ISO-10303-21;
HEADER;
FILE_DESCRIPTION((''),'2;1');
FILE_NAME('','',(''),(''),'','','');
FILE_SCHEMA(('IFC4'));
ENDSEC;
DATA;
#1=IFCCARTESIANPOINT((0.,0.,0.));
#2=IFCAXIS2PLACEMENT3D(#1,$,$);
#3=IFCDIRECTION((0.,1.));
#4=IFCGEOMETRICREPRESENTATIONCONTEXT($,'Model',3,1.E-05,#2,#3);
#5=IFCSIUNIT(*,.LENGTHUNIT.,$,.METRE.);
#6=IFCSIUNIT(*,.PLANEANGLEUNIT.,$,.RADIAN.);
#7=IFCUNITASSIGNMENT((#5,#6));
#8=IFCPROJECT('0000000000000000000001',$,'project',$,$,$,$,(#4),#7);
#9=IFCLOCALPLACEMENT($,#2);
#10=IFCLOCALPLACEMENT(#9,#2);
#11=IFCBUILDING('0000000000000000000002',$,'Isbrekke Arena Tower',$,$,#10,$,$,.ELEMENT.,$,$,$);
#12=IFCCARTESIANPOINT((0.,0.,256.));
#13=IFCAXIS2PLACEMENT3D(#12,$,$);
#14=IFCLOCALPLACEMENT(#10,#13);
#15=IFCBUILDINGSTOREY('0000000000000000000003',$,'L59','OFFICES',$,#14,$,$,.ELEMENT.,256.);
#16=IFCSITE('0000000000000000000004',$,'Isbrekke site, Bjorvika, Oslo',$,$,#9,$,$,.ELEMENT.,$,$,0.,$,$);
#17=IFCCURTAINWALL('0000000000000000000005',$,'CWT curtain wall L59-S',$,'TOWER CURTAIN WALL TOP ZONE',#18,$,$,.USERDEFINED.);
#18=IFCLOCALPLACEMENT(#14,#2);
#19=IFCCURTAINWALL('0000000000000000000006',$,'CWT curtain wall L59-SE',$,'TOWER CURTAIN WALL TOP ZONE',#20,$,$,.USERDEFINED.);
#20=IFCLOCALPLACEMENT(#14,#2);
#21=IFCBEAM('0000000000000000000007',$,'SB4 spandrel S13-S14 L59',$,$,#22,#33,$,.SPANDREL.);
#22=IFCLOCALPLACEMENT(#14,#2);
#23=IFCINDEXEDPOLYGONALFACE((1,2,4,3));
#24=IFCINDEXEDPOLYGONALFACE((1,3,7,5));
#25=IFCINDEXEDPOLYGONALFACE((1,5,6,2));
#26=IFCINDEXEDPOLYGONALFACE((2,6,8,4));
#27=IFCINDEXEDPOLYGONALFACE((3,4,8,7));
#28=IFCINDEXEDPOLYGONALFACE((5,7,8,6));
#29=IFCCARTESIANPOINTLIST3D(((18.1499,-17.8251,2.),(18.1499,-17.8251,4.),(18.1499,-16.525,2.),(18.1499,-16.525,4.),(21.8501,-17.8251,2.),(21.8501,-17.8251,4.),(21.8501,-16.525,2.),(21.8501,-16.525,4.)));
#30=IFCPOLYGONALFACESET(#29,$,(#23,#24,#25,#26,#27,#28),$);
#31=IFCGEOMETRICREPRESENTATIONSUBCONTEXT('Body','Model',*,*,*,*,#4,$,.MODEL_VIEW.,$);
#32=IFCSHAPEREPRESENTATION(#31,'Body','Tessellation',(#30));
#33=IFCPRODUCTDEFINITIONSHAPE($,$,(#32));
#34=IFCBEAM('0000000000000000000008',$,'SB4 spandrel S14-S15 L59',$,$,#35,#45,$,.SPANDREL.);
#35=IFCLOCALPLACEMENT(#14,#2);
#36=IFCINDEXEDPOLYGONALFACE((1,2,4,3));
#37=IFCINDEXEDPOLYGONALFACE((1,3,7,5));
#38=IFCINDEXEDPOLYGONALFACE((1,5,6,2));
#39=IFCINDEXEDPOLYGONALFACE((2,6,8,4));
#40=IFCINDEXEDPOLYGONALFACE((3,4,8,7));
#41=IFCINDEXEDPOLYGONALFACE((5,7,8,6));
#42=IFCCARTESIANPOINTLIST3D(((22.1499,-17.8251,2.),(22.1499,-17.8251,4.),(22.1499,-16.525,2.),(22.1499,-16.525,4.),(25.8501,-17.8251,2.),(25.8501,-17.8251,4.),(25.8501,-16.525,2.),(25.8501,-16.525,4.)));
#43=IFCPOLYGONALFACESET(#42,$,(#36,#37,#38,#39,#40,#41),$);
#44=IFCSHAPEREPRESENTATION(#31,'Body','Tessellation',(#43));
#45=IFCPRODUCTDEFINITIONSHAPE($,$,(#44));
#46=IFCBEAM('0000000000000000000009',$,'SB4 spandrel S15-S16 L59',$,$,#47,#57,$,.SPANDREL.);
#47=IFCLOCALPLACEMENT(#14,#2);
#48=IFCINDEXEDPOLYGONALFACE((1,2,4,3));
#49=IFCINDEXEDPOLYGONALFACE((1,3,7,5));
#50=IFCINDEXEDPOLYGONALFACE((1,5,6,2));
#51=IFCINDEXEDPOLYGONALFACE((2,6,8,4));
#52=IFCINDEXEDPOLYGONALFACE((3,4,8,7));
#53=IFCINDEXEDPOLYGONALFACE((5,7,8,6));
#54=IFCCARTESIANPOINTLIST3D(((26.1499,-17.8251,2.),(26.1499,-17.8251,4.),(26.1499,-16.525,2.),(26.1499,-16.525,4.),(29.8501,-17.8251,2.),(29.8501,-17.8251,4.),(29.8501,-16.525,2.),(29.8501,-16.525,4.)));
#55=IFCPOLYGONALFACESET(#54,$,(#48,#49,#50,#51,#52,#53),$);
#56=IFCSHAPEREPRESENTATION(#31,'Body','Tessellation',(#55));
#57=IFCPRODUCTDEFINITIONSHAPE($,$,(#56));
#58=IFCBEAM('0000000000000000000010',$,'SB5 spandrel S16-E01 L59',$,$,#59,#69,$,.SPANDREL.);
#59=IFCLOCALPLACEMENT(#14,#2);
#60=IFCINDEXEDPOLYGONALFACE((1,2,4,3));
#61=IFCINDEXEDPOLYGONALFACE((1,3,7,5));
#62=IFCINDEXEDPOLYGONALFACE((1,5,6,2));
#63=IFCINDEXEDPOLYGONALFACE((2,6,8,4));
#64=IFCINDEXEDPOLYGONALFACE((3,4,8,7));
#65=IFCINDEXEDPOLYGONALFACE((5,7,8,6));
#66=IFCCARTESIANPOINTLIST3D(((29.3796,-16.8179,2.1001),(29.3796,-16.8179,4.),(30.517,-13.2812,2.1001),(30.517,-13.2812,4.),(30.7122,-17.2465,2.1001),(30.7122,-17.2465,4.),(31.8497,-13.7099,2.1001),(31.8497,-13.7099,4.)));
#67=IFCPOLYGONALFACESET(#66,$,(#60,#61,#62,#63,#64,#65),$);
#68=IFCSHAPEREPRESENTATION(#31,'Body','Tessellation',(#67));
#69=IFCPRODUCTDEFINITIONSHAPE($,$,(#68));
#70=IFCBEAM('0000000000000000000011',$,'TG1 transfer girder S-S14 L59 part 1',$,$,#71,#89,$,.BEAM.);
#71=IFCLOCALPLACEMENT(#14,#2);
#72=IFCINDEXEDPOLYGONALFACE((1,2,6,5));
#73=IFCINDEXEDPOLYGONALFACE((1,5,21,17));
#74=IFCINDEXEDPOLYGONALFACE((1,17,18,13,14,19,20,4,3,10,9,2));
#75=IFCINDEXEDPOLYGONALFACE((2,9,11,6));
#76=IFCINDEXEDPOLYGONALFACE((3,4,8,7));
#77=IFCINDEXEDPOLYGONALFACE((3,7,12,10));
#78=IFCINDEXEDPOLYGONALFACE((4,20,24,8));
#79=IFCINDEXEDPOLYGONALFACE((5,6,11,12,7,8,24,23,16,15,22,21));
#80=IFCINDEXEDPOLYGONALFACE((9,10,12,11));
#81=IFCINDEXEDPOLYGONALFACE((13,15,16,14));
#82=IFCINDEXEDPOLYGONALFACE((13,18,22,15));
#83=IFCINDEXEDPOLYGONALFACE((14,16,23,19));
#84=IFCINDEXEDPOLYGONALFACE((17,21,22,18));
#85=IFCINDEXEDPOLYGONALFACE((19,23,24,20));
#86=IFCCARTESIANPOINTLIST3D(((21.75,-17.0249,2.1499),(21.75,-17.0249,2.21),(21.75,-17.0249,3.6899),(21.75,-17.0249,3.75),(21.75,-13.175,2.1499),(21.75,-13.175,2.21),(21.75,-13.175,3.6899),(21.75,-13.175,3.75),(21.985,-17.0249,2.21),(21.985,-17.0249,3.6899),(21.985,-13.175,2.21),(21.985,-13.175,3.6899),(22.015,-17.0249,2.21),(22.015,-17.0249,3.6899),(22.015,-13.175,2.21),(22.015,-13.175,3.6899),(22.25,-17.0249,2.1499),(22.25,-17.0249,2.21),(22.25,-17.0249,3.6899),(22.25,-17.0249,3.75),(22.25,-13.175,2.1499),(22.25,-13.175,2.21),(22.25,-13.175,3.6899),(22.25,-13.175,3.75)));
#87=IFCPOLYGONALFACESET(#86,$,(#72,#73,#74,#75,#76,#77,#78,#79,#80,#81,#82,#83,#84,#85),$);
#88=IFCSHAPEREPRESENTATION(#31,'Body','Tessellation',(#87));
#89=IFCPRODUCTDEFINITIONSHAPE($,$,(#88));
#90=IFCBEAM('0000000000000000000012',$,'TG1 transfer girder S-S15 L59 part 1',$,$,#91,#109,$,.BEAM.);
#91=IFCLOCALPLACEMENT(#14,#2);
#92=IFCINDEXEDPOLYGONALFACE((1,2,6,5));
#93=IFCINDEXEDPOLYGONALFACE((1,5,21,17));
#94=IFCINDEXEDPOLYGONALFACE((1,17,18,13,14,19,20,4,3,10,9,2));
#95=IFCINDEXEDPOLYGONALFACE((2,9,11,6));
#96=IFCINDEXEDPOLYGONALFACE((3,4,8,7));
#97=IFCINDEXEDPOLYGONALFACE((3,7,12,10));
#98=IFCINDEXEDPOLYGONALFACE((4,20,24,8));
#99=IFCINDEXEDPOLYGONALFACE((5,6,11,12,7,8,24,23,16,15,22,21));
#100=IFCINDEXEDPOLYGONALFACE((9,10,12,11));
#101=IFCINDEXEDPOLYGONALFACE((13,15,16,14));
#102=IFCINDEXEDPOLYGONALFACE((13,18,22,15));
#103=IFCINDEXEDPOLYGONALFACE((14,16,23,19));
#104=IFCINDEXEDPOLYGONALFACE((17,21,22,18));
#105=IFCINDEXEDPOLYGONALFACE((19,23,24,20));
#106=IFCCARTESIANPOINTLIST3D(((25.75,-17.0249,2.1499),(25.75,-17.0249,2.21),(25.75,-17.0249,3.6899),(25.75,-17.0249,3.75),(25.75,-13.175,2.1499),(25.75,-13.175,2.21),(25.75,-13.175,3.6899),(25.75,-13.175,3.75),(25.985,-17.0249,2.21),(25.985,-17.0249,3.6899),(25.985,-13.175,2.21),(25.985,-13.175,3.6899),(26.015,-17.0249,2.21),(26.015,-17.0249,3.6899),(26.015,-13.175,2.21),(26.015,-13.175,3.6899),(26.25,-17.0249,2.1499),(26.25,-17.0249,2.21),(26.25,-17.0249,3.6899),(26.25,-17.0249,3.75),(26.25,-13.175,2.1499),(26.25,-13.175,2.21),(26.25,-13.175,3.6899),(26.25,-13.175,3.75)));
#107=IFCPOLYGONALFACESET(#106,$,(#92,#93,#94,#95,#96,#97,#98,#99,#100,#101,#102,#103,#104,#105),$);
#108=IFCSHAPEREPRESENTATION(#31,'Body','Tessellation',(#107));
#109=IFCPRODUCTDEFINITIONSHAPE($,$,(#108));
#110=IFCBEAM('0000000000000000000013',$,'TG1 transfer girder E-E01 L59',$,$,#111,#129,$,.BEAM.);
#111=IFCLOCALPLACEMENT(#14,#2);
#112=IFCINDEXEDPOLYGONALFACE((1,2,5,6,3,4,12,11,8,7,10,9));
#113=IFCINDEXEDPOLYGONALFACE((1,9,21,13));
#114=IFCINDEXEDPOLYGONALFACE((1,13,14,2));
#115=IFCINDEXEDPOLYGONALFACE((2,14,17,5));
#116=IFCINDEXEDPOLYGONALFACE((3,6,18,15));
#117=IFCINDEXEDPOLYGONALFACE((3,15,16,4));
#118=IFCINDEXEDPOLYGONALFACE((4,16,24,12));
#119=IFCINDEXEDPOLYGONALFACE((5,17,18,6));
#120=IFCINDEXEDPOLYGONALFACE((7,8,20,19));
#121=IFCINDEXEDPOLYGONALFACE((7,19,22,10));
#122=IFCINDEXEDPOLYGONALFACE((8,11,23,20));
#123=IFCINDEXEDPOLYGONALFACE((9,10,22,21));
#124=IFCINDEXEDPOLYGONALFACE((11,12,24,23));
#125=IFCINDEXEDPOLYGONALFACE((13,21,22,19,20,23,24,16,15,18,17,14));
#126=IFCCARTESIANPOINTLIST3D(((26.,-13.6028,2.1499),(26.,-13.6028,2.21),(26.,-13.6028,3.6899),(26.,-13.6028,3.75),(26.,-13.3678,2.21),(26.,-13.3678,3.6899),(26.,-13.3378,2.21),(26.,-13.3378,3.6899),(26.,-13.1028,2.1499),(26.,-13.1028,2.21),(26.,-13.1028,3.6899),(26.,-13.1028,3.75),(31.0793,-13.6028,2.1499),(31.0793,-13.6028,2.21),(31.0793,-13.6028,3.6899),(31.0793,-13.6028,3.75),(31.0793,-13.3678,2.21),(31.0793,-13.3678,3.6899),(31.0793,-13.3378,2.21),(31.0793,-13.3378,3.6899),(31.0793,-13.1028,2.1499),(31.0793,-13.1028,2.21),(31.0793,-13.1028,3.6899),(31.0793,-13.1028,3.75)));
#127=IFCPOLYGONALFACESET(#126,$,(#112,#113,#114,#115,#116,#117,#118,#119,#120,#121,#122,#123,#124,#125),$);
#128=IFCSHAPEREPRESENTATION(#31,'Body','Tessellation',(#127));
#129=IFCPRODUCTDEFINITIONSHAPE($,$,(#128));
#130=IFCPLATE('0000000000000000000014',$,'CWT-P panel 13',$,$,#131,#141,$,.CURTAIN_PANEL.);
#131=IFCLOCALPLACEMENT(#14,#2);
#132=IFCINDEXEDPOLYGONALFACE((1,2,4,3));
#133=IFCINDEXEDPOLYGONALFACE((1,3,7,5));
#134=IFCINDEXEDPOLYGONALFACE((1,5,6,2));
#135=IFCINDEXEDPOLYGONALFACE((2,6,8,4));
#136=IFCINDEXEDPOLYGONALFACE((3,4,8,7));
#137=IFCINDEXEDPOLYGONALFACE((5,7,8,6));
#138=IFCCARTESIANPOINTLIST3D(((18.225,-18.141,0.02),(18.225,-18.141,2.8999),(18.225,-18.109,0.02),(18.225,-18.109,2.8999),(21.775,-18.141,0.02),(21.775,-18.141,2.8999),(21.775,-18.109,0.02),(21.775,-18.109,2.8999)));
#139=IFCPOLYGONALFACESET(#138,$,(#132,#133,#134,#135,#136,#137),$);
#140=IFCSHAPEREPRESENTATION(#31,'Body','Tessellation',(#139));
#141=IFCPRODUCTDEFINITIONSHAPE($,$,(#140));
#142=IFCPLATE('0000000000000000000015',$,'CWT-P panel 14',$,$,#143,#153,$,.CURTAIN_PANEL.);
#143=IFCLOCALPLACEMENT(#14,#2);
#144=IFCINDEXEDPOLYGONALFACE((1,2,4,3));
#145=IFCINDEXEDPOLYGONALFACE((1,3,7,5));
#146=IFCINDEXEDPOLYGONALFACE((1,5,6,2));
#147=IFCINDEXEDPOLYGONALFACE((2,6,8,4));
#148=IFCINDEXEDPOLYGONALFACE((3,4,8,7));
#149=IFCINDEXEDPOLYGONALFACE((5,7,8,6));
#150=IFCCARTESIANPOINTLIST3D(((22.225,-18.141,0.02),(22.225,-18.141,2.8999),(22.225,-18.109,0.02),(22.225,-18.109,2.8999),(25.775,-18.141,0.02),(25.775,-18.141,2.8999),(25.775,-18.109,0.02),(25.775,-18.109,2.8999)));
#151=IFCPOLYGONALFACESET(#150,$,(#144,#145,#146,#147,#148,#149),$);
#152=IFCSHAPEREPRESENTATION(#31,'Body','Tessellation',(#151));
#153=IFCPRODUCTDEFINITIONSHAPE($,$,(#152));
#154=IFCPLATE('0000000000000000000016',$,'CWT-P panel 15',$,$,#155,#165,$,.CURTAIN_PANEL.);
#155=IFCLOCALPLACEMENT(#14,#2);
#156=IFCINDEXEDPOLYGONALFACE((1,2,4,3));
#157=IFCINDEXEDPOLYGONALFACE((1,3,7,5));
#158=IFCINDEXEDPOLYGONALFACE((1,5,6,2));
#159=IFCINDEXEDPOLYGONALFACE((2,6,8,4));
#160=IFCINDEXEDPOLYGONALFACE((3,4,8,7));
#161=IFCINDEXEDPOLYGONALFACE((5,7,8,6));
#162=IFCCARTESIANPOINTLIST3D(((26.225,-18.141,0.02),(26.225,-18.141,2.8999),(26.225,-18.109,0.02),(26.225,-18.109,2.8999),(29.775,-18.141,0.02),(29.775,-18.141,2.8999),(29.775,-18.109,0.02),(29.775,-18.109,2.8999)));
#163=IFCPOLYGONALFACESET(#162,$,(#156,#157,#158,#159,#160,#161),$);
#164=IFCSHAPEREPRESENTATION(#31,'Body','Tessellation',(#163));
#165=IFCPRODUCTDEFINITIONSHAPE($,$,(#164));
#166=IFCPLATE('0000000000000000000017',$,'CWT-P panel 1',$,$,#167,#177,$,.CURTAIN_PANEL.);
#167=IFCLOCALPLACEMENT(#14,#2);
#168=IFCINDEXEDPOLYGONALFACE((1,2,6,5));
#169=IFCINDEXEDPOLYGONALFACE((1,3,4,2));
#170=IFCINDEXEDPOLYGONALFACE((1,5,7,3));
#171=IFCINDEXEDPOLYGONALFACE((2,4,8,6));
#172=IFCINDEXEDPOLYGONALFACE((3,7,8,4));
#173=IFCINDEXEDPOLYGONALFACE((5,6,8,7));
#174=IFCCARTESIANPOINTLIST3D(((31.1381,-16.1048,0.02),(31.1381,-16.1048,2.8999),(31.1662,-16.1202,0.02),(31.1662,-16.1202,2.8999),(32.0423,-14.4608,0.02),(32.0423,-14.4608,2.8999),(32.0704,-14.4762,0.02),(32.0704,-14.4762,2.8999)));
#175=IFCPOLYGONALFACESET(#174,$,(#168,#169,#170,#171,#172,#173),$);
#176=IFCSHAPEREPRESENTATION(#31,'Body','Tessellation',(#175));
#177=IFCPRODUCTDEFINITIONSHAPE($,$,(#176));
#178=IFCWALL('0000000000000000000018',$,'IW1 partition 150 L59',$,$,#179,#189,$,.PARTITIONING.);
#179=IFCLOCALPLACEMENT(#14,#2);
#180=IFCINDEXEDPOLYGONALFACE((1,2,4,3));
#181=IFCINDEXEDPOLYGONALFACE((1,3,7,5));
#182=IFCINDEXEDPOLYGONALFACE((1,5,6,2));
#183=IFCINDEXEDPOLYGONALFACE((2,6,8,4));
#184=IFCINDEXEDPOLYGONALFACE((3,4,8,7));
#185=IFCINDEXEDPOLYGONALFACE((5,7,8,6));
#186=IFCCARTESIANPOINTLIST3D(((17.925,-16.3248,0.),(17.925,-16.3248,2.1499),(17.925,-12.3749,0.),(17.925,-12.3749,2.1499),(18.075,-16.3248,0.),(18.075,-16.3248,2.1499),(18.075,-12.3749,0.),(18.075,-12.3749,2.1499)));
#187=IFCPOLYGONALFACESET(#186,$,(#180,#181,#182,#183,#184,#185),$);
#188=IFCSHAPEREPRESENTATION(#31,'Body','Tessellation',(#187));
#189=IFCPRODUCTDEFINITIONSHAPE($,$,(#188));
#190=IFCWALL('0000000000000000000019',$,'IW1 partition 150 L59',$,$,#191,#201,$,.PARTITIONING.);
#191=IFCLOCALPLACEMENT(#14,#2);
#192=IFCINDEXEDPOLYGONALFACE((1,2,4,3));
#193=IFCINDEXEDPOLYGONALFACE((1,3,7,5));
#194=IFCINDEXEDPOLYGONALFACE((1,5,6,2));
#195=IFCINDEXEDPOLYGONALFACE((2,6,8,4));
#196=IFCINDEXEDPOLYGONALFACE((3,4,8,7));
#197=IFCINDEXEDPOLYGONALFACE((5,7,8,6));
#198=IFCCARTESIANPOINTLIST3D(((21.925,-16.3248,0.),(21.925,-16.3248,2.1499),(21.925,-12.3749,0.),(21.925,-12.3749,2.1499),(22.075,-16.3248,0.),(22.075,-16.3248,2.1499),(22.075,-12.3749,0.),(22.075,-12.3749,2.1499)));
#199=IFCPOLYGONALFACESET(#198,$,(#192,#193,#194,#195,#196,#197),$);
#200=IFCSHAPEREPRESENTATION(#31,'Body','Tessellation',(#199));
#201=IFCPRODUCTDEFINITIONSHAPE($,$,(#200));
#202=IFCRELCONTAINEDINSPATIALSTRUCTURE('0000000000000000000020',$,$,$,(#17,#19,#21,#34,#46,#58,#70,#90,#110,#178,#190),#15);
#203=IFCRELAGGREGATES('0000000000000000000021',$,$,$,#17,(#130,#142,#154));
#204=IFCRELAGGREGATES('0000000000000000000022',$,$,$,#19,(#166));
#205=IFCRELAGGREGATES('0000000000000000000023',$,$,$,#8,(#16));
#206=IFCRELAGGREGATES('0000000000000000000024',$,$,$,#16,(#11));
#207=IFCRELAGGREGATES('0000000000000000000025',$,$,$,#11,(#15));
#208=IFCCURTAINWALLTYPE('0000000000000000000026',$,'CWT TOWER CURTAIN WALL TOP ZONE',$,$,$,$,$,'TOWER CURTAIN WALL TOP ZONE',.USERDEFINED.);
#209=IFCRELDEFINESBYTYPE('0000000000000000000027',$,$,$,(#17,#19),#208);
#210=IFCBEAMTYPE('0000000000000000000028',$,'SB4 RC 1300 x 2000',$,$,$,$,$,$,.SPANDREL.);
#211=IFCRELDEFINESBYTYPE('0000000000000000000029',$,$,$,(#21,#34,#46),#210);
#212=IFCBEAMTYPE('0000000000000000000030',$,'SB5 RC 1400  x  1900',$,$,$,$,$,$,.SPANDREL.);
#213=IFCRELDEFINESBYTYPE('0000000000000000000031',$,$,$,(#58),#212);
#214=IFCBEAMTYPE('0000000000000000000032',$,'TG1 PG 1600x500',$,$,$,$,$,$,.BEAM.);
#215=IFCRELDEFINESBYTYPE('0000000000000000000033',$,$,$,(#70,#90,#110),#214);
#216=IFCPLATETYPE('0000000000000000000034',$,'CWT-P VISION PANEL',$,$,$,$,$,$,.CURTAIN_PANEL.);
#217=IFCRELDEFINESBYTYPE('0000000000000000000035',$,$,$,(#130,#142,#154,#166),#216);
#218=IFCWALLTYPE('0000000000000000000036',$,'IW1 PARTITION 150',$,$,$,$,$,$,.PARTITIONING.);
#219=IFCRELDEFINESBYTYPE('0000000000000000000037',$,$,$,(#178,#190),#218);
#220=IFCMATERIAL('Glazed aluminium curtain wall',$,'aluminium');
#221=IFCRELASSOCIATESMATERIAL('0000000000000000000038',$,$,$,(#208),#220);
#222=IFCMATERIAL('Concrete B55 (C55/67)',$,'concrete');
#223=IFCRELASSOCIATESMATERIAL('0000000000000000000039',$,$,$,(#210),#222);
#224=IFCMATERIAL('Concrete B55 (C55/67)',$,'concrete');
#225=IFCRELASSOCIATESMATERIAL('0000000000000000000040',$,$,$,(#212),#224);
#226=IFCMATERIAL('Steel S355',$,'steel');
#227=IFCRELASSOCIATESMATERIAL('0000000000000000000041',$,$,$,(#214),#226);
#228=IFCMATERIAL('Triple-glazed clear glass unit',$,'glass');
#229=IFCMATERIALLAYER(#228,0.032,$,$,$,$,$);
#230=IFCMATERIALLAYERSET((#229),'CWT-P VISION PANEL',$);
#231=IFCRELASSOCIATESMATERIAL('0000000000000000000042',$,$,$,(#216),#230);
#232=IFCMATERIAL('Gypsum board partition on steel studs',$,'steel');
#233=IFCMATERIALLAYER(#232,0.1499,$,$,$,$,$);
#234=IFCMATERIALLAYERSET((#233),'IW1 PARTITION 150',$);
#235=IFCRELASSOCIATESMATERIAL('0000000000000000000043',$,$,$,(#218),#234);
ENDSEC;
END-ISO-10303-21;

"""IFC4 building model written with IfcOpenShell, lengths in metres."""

from ifc_helpers import new_model, si_unit, direction, frame, frame_2d, origin, origin_2d, place, context, subcontext, project, spatial, rectangle, i_section, extrude, material, layer, layer_set, material_profile, profile_set, type_object, element, aggregate, save


model = new_model("IFC4")

# Units and contexts
model_context = context("Model", 3, precision=1e-05, world=origin(), true_north=direction((0.0, 1.0)))
body_context = subcontext(model_context, "Body", "Model", "MODEL_VIEW")
ifc_project = project(units=[si_unit("LENGTHUNIT", "METRE"), si_unit("PLANEANGLEUNIT", "RADIAN")], contexts=[model_context])

# Site, building, storey
site_placement = place(None, origin())
site = spatial("IfcSite", under=ifc_project, at=site_placement, Name="Isbrekke site, Bjorvika, Oslo", CompositionType="ELEMENT", RefElevation=0.0)
building_placement = place(site_placement, origin())
building = spatial("IfcBuilding", under=site, at=building_placement, Name="Isbrekke Arena Tower", CompositionType="ELEMENT")
storey_placement = place(building_placement, frame((0.0, 0.0, 256.0)))
storey = spatial("IfcBuildingStorey", under=building, at=storey_placement, Name="L59", Description="OFFICES", CompositionType="ELEMENT", Elevation=256.0)

# Curtain walls
ifc_material_1 = material(Name="Glazed aluminium curtain wall", Category="aluminium")
curtain_wall_type = type_object("IfcCurtainWallType", Name="CWT TOWER CURTAIN WALL TOP ZONE", ElementType="TOWER CURTAIN WALL TOP ZONE", PredefinedType="USERDEFINED", material=ifc_material_1)
curtain_wall_1_placement = place(storey_placement, origin())
curtain_wall_1 = element("IfcCurtainWall", 1, at=curtain_wall_1_placement, inside=storey, type_object=curtain_wall_type, Name="CWT curtain wall L59-S", ObjectType="TOWER CURTAIN WALL TOP ZONE", PredefinedType="USERDEFINED")
curtain_wall_2_placement = place(storey_placement, origin())
curtain_wall_2 = element("IfcCurtainWall", 2, at=curtain_wall_2_placement, inside=storey, type_object=curtain_wall_type, Name="CWT curtain wall L59-SE", ObjectType="TOWER CURTAIN WALL TOP ZONE", PredefinedType="USERDEFINED")

# Beams
ifc_material_2 = material(Name="Concrete B55 (C55/67)", Category="concrete")
ifc_material_profile_1 = material_profile(ifc_material_2, rectangle(XDim=1.3, YDim=2.0, at=origin_2d()), Name="RC 1300x2000")
ifc_profile_set_1 = profile_set([ifc_material_profile_1], Name="Concrete B55 (C55/67)")
beam_type_1 = type_object("IfcBeamType", Name="SB4 RC 1300 x 2000", PredefinedType="SPANDREL", material=ifc_profile_set_1)
for number, where, z_axis, x_axis, name in (
    (3, (18.1499, -17.175, 3.0), (1.0, 0.0, 0.0), (0.0, 1.0, 0.0), "SB4 spandrel S13-S14 L59"),
    (4, (22.1499, -17.175, 3.0), (1.0, 0.0, 0.0), (0.0, 1.0, 0.0), "SB4 spandrel S14-S15 L59"),
    (5, (26.1499, -17.175, 3.0), (1.0, 0.0, 0.0), (0.0, 1.0, 0.0), "SB4 spandrel S15-S16 L59"),
):
    element("IfcBeam", number, at=place(storey_placement, frame(where, z_axis=z_axis, x_axis=x_axis)), inside=storey, type_object=beam_type_1, Name=name, PredefinedType="SPANDREL", context=body_context, shape_type="SweptSolid", body=[
        extrude(rectangle(XDim=1.3, YDim=2.0, at=origin_2d()), origin(), (0.0, 0.0, 1.0), 3.7002),
    ])
ifc_material_3 = material(Name="Concrete B55 (C55/67)", Category="concrete")
ifc_material_profile_2 = material_profile(ifc_material_3, rectangle(XDim=1.3999, YDim=1.8999, at=origin_2d()), Name="RC 1400 x 1900")
ifc_profile_set_2 = profile_set([ifc_material_profile_2], Name="Concrete B55 (C55/67)")
beam_type_2 = type_object("IfcBeamType", Name="SB5 RC 1400  x  1900", PredefinedType="SPANDREL", material=ifc_profile_set_2)
beam_1_placement = place(storey_placement, frame((30.0459, -17.0322, 3.05), z_axis=(0.306175, 0.951975, 0.0), x_axis=(-0.951975, 0.306175, 0.0)))
element("IfcBeam", 6, at=beam_1_placement, inside=storey, type_object=beam_type_2, Name="SB5 spandrel S16-E01 L59", PredefinedType="SPANDREL", context=body_context, shape_type="SweptSolid", body=[
    extrude(rectangle(XDim=1.3999, YDim=1.8999, at=origin_2d()), origin(), (0.0, 0.0, 1.0), 3.7151),
])
ifc_material_4 = material(Name="Steel S355", Category="steel")
ifc_material_profile_3 = material_profile(ifc_material_4, i_section(OverallWidth=0.5, OverallDepth=1.6001, WebThickness=0.03, FlangeThickness=0.0601, at=origin_2d()), Name="PG 1600x500")
ifc_profile_set_3 = profile_set([ifc_material_profile_3], Name="Steel S355")
beam_type_3 = type_object("IfcBeamType", Name="TG1 PG 1600x500", PredefinedType="BEAM", material=ifc_profile_set_3)
for number, where, z_axis, x_axis, name in (
    (7, (22.0, -17.0249, 2.95), (0.0, 1.0, 0.0), (-1.0, 0.0, 0.0), "TG1 transfer girder S-S14 L59 part 1"),
    (8, (26.0, -17.0249, 2.95), (0.0, 1.0, 0.0), (-1.0, 0.0, 0.0), "TG1 transfer girder S-S15 L59 part 1"),
):
    element("IfcBeam", number, at=place(storey_placement, frame(where, z_axis=z_axis, x_axis=x_axis)), inside=storey, type_object=beam_type_3, Name=name, PredefinedType="BEAM", context=body_context, shape_type="SweptSolid", body=[
        extrude(i_section(OverallWidth=0.5, OverallDepth=1.6001, WebThickness=0.03, FlangeThickness=0.0601, at=origin_2d()), origin(), (0.0, 0.0, 1.0), 3.8499),
    ])
beam_2_placement = place(storey_placement, frame((31.0793, -13.3528, 2.95), z_axis=(-1.0, 0.0, 0.0), x_axis=(0.0, -1.0, 0.0)))
element("IfcBeam", 9, at=beam_2_placement, inside=storey, type_object=beam_type_3, Name="TG1 transfer girder E-E01 L59", PredefinedType="BEAM", context=body_context, shape_type="SweptSolid", body=[
    extrude(i_section(OverallWidth=0.5, OverallDepth=1.6001, WebThickness=0.03, FlangeThickness=0.0601, at=origin_2d()), origin(), (0.0, 0.0, 1.0), 5.0793),
])

# Plates
ifc_material_5 = material(Name="Triple-glazed clear glass unit", Category="glass")
ifc_layer_1 = layer(ifc_material_5, 0.032)
ifc_layer_set_1 = layer_set([ifc_layer_1], Name="CWT-P VISION PANEL")
plate_type = type_object("IfcPlateType", Name="CWT-P VISION PANEL", PredefinedType="CURTAIN_PANEL", material=ifc_layer_set_1)
plate_1_placement = place(storey_placement, frame((20.0, -18.125, 0.02), z_axis=(0.0, 0.0, 1.0), x_axis=(1.0, 0.0, 0.0)))
plate_1 = element("IfcPlate", 10, at=plate_1_placement, type_object=plate_type, Name="CWT-P panel 13", PredefinedType="CURTAIN_PANEL", context=body_context, shape_type="SweptSolid", body=[
    extrude(rectangle(XDim=3.55, YDim=0.032, at=origin_2d()), origin(), (0.0, 0.0, 1.0), 2.8799),
])
plate_2_placement = place(storey_placement, frame((24.0, -18.125, 0.02), z_axis=(0.0, 0.0, 1.0), x_axis=(1.0, 0.0, 0.0)))
plate_2 = element("IfcPlate", 11, at=plate_2_placement, type_object=plate_type, Name="CWT-P panel 14", PredefinedType="CURTAIN_PANEL", context=body_context, shape_type="SweptSolid", body=[
    extrude(rectangle(XDim=3.55, YDim=0.032, at=origin_2d()), origin(), (0.0, 0.0, 1.0), 2.8799),
])
plate_3_placement = place(storey_placement, frame((28.0, -18.125, 0.02), z_axis=(0.0, 0.0, 1.0), x_axis=(1.0, 0.0, 0.0)))
plate_3 = element("IfcPlate", 12, at=plate_3_placement, type_object=plate_type, Name="CWT-P panel 15", PredefinedType="CURTAIN_PANEL", context=body_context, shape_type="SweptSolid", body=[
    extrude(rectangle(XDim=3.55, YDim=0.032, at=origin_2d()), origin(), (0.0, 0.0, 1.0), 2.8799),
])
aggregate(curtain_wall_1, [plate_1, plate_2, plate_3])
plate_4_placement = place(storey_placement, frame((31.6042, -15.2905, 0.02), z_axis=(0.0, 0.0, 1.0), x_axis=(0.481919, 0.876216, 0.0)))
plate_4 = element("IfcPlate", 13, at=plate_4_placement, type_object=plate_type, Name="CWT-P panel 1", PredefinedType="CURTAIN_PANEL", context=body_context, shape_type="SweptSolid", body=[
    extrude(rectangle(XDim=1.8762, YDim=0.032, at=origin_2d()), origin(), (0.0, 0.0, 1.0), 2.8799),
])
aggregate(curtain_wall_2, [plate_4])

# Walls
ifc_material_6 = material(Name="Gypsum board partition on steel studs", Category="steel")
ifc_layer_2 = layer(ifc_material_6, 0.1499)
ifc_layer_set_2 = layer_set([ifc_layer_2], Name="IW1 PARTITION 150")
wall_type = type_object("IfcWallType", Name="IW1 PARTITION 150", PredefinedType="PARTITIONING", material=ifc_layer_set_2)
for number, where, z_axis, x_axis, name in (
    (14, (18.0, -16.325, 0.0), (0.0, 0.0, 1.0), (0.0, 1.0, 0.0), "IW1 partition 150 L59"),
    (15, (22.0, -16.325, 0.0), (0.0, 0.0, 1.0), (0.0, 1.0, 0.0), "IW1 partition 150 L59"),
):
    element("IfcWall", number, at=place(storey_placement, frame(where, z_axis=z_axis, x_axis=x_axis)), inside=storey, type_object=wall_type, Name=name, PredefinedType="PARTITIONING", context=body_context, shape_type="SweptSolid", body=[
        extrude(rectangle(XDim=3.95, YDim=0.1499, at=frame_2d((1.9751, 0.0))), origin(), (0.0, 0.0, 1.0), 2.1499),
    ])

save(model, "model.ifc")
